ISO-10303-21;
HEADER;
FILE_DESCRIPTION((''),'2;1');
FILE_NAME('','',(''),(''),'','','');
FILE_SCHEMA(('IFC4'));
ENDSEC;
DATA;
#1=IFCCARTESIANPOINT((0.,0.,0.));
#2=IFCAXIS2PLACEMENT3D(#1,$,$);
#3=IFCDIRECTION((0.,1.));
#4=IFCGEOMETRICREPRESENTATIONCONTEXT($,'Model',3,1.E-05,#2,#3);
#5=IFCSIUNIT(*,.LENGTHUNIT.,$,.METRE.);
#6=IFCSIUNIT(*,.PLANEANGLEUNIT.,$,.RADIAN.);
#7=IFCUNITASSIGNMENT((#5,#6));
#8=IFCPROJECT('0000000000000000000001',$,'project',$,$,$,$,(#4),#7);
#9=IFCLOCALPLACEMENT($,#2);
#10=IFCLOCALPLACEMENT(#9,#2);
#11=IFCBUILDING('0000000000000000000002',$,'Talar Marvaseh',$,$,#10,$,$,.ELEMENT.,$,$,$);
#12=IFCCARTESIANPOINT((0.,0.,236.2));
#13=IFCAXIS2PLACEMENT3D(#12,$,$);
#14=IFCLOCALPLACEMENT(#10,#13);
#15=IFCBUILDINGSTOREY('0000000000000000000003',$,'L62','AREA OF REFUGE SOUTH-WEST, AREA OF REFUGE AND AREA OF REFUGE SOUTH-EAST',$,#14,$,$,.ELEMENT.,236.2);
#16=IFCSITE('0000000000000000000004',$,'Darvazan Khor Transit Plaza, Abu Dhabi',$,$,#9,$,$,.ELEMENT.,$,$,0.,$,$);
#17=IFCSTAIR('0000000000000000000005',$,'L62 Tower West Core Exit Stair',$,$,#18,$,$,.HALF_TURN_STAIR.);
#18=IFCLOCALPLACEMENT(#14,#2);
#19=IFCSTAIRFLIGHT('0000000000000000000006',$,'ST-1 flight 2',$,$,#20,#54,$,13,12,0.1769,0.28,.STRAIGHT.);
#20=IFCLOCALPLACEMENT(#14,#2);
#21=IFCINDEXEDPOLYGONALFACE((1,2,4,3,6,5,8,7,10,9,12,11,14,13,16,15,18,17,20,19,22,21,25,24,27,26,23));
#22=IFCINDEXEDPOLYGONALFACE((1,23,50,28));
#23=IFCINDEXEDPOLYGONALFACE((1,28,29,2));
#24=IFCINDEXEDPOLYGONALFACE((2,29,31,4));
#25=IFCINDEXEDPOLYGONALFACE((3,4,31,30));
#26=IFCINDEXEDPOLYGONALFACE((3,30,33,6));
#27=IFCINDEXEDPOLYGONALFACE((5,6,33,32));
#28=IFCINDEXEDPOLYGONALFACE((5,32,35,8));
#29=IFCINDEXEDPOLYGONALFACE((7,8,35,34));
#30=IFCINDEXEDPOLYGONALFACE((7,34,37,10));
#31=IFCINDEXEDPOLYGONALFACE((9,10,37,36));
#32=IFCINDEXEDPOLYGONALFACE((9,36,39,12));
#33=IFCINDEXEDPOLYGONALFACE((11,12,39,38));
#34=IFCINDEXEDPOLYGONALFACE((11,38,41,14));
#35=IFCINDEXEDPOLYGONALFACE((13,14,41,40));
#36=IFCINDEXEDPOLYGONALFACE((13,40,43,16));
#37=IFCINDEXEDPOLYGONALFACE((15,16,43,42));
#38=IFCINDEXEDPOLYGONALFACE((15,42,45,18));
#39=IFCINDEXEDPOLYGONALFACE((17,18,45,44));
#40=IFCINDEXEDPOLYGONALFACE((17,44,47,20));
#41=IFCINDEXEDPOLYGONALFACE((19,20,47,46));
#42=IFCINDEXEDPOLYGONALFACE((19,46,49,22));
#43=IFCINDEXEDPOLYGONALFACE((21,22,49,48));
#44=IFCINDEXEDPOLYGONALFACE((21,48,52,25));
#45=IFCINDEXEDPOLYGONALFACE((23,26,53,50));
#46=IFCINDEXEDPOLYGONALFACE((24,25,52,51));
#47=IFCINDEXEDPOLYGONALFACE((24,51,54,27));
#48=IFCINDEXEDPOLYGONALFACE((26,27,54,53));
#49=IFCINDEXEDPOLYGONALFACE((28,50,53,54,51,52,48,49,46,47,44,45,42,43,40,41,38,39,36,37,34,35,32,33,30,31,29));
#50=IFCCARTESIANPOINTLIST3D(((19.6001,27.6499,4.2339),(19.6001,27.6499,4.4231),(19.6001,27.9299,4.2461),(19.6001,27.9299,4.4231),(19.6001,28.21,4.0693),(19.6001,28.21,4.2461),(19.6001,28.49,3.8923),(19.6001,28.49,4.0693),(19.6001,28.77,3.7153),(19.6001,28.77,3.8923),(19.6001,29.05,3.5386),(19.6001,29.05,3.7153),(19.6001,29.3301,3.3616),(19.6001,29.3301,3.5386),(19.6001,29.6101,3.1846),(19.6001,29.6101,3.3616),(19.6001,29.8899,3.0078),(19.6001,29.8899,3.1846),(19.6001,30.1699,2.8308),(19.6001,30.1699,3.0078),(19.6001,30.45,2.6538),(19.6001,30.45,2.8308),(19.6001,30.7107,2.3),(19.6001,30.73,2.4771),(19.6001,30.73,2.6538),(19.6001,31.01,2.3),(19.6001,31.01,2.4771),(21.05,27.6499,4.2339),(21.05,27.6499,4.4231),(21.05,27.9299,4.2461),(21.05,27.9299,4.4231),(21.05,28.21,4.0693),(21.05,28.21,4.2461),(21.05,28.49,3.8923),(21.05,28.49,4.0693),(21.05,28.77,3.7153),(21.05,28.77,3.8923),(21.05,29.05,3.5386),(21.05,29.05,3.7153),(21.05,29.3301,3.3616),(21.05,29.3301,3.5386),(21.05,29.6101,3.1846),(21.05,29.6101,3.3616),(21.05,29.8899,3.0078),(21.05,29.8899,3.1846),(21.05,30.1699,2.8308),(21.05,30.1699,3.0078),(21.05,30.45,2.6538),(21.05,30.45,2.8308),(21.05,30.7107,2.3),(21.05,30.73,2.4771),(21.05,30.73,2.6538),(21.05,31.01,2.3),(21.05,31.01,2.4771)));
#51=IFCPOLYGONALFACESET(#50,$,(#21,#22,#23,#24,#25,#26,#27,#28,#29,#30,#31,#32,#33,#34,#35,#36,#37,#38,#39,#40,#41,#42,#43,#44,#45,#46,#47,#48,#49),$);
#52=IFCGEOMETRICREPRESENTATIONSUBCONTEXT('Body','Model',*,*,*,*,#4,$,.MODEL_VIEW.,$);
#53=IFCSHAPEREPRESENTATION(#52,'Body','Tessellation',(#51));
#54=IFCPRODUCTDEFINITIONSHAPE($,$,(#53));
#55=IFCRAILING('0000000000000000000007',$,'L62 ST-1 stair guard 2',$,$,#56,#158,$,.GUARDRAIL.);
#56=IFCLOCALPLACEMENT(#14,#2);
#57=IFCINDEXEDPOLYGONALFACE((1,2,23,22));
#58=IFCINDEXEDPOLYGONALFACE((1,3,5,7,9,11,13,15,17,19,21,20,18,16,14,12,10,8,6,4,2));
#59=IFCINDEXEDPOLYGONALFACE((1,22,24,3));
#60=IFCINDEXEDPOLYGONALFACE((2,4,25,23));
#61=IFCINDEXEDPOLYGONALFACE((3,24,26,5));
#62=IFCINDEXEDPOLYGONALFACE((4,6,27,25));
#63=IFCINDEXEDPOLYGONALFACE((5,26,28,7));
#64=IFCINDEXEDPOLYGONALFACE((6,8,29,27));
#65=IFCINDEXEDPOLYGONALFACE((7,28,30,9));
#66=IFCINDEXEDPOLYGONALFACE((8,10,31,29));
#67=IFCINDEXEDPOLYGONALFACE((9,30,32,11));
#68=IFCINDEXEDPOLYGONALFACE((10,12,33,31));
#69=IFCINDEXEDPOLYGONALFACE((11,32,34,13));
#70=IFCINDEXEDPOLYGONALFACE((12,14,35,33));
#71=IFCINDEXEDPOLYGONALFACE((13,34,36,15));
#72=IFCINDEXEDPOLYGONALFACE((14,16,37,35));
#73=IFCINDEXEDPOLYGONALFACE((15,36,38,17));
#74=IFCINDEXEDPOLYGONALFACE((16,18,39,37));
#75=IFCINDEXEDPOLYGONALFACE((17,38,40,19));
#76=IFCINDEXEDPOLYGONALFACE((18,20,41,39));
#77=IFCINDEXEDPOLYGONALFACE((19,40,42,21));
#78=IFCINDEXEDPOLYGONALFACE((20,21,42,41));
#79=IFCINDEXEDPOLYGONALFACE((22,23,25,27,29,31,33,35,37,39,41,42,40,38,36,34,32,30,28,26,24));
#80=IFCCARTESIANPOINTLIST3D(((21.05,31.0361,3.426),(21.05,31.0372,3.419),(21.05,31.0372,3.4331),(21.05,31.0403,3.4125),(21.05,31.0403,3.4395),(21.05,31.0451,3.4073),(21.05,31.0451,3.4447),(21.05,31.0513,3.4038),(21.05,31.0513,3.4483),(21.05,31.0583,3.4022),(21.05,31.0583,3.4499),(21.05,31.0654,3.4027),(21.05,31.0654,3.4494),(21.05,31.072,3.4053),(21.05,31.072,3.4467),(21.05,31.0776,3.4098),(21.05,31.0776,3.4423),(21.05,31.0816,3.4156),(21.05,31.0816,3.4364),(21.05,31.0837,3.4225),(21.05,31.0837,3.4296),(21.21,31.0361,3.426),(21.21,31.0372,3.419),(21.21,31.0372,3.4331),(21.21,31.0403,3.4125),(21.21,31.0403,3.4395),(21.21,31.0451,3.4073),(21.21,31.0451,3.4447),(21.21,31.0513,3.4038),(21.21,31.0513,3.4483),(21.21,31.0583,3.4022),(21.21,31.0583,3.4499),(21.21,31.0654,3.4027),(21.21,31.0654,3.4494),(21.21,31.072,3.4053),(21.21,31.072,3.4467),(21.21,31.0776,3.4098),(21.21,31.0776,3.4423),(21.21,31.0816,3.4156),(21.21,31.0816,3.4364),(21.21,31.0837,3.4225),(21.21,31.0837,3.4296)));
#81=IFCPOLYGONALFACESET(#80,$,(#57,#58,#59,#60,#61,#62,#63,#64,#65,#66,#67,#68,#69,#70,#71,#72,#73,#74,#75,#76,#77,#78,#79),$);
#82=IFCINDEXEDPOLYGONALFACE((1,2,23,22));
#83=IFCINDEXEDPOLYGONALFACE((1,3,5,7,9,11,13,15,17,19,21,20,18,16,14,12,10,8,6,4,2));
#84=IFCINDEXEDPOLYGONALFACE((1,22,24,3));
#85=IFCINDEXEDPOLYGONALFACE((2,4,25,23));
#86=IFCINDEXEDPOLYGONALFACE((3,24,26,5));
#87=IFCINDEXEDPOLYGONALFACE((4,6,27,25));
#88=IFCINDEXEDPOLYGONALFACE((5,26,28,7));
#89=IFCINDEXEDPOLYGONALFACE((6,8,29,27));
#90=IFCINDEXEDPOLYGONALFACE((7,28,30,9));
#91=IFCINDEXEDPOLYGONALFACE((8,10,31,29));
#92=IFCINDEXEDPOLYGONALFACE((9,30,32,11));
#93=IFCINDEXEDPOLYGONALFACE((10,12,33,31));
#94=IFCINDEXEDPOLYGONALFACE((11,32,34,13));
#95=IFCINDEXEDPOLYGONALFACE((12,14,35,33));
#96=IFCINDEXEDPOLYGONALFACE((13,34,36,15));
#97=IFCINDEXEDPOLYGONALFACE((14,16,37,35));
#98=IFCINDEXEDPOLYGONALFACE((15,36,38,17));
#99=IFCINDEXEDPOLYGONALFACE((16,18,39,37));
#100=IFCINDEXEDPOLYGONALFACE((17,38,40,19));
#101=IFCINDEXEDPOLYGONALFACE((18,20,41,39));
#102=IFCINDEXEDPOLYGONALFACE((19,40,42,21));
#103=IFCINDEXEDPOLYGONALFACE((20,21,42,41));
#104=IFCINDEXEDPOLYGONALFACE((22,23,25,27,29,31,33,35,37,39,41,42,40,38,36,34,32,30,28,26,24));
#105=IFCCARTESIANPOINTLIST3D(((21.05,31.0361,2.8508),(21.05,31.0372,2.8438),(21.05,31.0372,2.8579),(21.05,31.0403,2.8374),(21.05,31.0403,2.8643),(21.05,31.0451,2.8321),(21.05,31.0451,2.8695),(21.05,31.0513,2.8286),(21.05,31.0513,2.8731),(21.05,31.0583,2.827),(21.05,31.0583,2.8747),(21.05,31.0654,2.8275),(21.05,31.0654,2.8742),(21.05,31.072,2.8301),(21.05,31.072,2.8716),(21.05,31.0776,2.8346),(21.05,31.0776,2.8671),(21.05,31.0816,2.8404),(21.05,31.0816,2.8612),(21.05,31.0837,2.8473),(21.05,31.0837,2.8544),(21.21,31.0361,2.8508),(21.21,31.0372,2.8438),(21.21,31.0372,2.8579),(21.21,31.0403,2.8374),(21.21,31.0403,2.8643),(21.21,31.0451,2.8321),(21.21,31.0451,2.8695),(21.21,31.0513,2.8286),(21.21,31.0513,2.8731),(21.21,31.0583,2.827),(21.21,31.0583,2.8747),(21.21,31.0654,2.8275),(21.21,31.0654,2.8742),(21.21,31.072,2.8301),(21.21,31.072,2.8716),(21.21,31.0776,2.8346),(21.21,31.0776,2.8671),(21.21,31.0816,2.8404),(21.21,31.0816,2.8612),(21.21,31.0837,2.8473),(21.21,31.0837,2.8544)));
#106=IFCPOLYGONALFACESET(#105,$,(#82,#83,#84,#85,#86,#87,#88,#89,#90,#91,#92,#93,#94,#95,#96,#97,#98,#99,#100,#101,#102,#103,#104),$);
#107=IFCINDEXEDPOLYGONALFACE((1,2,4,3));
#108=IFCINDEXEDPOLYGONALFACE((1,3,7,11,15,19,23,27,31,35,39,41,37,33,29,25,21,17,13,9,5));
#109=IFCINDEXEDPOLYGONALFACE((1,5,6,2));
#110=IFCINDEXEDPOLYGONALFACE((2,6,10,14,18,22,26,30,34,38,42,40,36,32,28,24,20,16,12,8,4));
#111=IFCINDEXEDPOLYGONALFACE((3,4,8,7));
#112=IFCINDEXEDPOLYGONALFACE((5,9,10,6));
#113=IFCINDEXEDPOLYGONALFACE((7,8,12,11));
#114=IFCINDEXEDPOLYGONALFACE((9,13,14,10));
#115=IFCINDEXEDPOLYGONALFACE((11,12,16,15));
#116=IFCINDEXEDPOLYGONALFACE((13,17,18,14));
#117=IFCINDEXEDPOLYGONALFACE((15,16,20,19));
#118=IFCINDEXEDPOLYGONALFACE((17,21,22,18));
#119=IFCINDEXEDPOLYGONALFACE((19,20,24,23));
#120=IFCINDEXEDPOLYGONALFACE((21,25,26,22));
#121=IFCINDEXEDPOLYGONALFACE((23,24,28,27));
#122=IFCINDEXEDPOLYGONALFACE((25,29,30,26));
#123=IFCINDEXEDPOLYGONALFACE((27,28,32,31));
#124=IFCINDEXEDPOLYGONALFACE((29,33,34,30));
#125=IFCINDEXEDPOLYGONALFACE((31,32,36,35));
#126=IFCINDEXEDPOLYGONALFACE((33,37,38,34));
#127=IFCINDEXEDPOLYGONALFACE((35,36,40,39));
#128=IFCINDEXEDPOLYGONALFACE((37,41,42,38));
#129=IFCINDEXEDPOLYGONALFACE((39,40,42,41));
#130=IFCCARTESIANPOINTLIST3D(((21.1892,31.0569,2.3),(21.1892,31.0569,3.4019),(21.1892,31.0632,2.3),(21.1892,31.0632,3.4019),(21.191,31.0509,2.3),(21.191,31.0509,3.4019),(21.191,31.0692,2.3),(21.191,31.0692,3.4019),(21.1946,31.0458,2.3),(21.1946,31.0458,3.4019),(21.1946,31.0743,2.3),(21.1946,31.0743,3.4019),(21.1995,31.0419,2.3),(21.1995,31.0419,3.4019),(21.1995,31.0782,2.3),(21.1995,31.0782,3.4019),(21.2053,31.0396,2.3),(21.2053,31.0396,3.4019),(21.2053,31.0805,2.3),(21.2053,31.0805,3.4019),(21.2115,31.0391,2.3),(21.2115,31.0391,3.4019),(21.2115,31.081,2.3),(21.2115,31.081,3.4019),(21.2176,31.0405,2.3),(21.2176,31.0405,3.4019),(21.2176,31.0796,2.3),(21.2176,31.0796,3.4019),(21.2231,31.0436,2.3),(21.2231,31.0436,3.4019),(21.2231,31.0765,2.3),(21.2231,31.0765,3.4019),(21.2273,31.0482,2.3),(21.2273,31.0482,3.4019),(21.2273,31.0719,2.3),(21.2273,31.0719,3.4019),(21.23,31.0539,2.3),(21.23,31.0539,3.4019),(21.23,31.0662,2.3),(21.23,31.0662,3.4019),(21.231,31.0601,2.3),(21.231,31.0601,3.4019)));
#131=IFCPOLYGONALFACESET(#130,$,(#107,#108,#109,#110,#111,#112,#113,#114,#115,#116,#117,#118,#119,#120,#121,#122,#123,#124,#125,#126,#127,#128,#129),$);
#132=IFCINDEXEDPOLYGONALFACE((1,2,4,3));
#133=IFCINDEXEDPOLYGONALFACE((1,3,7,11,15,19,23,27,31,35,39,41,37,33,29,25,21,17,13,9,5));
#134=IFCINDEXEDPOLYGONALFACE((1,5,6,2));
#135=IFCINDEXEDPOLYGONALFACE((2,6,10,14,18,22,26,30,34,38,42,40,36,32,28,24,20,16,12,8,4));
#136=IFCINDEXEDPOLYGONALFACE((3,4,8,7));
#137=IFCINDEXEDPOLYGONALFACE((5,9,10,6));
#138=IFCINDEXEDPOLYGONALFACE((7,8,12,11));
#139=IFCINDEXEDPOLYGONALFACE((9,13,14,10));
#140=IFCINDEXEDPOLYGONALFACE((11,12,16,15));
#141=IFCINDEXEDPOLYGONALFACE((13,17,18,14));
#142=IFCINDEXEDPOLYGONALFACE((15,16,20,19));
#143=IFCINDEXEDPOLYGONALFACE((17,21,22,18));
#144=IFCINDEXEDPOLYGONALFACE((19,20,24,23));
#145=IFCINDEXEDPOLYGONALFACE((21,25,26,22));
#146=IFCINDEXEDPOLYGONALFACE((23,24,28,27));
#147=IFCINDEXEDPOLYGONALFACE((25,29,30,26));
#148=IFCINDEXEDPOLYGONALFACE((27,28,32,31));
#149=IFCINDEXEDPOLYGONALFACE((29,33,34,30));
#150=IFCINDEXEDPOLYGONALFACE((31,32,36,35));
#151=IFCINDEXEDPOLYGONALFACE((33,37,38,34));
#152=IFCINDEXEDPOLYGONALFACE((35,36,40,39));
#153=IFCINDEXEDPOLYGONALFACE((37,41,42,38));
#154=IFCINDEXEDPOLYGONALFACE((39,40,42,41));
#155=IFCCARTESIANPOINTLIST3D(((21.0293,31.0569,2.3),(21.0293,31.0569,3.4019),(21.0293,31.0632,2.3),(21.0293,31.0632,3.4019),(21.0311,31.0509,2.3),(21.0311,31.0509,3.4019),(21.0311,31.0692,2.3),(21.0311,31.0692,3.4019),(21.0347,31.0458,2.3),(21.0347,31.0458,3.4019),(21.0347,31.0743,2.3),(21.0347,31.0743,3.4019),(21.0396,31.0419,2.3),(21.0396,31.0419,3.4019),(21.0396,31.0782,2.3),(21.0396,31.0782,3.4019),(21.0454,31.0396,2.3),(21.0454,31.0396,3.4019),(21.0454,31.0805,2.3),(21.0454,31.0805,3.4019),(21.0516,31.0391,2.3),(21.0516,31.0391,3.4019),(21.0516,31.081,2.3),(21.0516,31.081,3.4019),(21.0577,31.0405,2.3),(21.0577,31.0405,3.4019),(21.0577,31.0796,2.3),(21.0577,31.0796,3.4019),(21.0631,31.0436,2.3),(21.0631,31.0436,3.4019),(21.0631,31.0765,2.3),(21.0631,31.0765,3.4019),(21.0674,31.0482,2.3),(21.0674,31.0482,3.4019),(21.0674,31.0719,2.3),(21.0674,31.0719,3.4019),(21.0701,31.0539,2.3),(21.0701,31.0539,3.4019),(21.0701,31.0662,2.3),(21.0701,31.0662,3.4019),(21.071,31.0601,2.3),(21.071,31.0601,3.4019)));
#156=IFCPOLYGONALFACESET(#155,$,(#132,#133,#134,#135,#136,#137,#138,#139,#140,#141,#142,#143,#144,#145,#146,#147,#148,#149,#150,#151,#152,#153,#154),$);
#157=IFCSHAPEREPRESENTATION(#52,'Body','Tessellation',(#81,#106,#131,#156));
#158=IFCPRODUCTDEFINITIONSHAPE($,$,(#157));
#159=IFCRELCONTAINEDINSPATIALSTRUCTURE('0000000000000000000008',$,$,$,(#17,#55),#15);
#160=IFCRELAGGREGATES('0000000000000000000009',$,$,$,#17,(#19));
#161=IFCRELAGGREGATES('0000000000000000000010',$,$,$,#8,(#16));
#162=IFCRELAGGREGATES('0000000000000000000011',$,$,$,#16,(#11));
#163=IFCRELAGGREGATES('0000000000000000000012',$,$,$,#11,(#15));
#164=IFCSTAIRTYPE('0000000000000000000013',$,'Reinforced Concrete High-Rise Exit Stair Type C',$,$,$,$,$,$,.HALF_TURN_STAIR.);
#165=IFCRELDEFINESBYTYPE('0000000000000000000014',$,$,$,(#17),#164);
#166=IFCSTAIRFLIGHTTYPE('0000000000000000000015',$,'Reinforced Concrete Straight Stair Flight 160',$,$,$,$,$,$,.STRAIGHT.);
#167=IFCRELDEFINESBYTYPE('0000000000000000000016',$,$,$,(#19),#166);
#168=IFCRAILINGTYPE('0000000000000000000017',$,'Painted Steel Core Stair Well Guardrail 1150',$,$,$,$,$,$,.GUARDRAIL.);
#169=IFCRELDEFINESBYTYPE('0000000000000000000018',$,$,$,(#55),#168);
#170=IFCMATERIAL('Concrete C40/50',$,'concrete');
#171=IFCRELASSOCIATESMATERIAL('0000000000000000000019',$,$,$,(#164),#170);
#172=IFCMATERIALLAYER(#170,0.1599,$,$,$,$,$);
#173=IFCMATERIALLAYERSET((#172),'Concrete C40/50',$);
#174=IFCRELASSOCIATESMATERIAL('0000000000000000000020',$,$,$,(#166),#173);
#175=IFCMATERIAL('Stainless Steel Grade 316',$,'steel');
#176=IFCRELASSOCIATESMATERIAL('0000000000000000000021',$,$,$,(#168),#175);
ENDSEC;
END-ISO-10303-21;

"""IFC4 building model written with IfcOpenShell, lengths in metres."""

from ifc_helpers import new_model, si_unit, direction, frame, origin, origin_2d, place, context, subcontext, project, spatial, polyline, circle, outline, extrude, material, layer, layer_set, type_object, element, aggregate, save


model = new_model("IFC4")

# Units and contexts
model_context = context("Model", 3, precision=1e-05, world=origin(), true_north=direction((0.0, 1.0)))
body_context = subcontext(model_context, "Body", "Model", "MODEL_VIEW")
ifc_project = project(units=[si_unit("LENGTHUNIT", "METRE"), si_unit("PLANEANGLEUNIT", "RADIAN")], contexts=[model_context])

# Site, building, storey
site_placement = place(None, origin())
site = spatial("IfcSite", under=ifc_project, at=site_placement, Name="Darvazan Khor Transit Plaza, Abu Dhabi", CompositionType="ELEMENT", RefElevation=0.0)
building_placement = place(site_placement, origin())
building = spatial("IfcBuilding", under=site, at=building_placement, Name="Talar Marvaseh", CompositionType="ELEMENT")
storey_placement = place(building_placement, frame((0.0, 0.0, 236.2)))
storey = spatial("IfcBuildingStorey", under=building, at=storey_placement, Name="L62", Description="AREA OF REFUGE SOUTH-WEST, AREA OF REFUGE AND AREA OF REFUGE SOUTH-EAST", CompositionType="ELEMENT", Elevation=236.2)

# Shared definitions
ifc_material_1 = material(Name="Stainless Steel Grade 316", Category="steel")

# Stair, stair flight
ifc_material_2 = material(Name="Concrete C40/50", Category="concrete")
stair_type = type_object("IfcStairType", Name="Reinforced Concrete High-Rise Exit Stair Type C", PredefinedType="HALF_TURN_STAIR", material=ifc_material_2)
stair_placement = place(storey_placement, origin())
stair = element("IfcStair", 1, at=stair_placement, inside=storey, type_object=stair_type, Name="L62 Tower West Core Exit Stair", PredefinedType="HALF_TURN_STAIR")
ifc_layer_1 = layer(ifc_material_2, 0.1599)
ifc_layer_set_1 = layer_set([ifc_layer_1], Name="Concrete C40/50")
stair_flight_type = type_object("IfcStairFlightType", Name="Reinforced Concrete Straight Stair Flight 160", PredefinedType="STRAIGHT", material=ifc_layer_set_1)
stair_flight_placement = place(storey_placement, frame((20.325, 31.01, 2.3), z_axis=(0.0, 0.0, 1.0), x_axis=(0.0, -1.0, 0.0)))
stair_flight = element("IfcStairFlight", 2, at=stair_flight_placement, type_object=stair_flight_type, Name="ST-1 flight 2", NumberOfRisers=13, NumberOfTreads=12, PredefinedType="STRAIGHT", RiserHeight=0.1769, TreadLength=0.28, context=body_context, shape_type="SweptSolid", body=[
    extrude(outline(polyline([(0.0, 0.0), (0.0, 0.177), (0.28, 0.177), (0.28, 0.3538), (0.5601, 0.3538), (0.5601, 0.5308), (0.8401, 0.5308), (0.8401, 0.7078), (1.1201, 0.7078), (1.1201, 0.8845), (1.3999, 0.8845), (1.3999, 1.0615), (1.6799, 1.0615), (1.6799, 1.2385), (1.96, 1.2385), (1.96, 1.4153), (2.24, 1.4153), (2.24, 1.5923), (2.52, 1.5923), (2.52, 1.7693), (2.8, 1.7693), (2.8, 1.946), (3.0801, 1.946), (3.0801, 2.123), (3.3601, 2.123), (3.3601, 2.3), (3.3601, 1.9338), (0.2993, 0.0), (0.0, 0.0)])), frame((0.0, 0.7251, 0.0), z_axis=(0.0, -1.0, 0.0), x_axis=(1.0, 0.0, 0.0)), (0.0, 0.0, 1.0), 1.45),
])
aggregate(stair, [stair_flight])

# Railing
railing_type_1 = type_object("IfcRailingType", Name="Painted Steel Core Stair Well Guardrail 1150", PredefinedType="GUARDRAIL", material=ifc_material_1)
railing_1_placement = place(storey_placement, frame((21.21, 31.0601, 2.3)))
element("IfcRailing", 3, at=railing_1_placement, inside=storey, type_object=railing_type_1, Name="L62 ST-1 stair guard 2", PredefinedType="GUARDRAIL", context=body_context, shape_type="SweptSolid", body=[
    extrude(circle(Radius=0.0239, at=origin_2d()), frame((0.0, 0.0, 1.126), z_axis=(-1.0, 0.0, 0.0), x_axis=(0.0, -1.0, 0.0)), (0.0, 0.0, 1.0), 0.1599),
    extrude(circle(Radius=0.0239, at=origin_2d()), frame((0.0, 0.0, 0.5508), z_axis=(-1.0, 0.0, 0.0), x_axis=(0.0, -1.0, 0.0)), (0.0, 0.0, 1.0), 0.1599),
    extrude(circle(Radius=0.021, at=origin_2d()), origin(), (0.0, 0.0, 1.0), 1.1018),
    extrude(circle(Radius=0.021, at=origin_2d()), frame((-0.1599, 0.0, 0.0)), (0.0, 0.0, 1.0), 1.1018),
])

save(model, "model.ifc")
